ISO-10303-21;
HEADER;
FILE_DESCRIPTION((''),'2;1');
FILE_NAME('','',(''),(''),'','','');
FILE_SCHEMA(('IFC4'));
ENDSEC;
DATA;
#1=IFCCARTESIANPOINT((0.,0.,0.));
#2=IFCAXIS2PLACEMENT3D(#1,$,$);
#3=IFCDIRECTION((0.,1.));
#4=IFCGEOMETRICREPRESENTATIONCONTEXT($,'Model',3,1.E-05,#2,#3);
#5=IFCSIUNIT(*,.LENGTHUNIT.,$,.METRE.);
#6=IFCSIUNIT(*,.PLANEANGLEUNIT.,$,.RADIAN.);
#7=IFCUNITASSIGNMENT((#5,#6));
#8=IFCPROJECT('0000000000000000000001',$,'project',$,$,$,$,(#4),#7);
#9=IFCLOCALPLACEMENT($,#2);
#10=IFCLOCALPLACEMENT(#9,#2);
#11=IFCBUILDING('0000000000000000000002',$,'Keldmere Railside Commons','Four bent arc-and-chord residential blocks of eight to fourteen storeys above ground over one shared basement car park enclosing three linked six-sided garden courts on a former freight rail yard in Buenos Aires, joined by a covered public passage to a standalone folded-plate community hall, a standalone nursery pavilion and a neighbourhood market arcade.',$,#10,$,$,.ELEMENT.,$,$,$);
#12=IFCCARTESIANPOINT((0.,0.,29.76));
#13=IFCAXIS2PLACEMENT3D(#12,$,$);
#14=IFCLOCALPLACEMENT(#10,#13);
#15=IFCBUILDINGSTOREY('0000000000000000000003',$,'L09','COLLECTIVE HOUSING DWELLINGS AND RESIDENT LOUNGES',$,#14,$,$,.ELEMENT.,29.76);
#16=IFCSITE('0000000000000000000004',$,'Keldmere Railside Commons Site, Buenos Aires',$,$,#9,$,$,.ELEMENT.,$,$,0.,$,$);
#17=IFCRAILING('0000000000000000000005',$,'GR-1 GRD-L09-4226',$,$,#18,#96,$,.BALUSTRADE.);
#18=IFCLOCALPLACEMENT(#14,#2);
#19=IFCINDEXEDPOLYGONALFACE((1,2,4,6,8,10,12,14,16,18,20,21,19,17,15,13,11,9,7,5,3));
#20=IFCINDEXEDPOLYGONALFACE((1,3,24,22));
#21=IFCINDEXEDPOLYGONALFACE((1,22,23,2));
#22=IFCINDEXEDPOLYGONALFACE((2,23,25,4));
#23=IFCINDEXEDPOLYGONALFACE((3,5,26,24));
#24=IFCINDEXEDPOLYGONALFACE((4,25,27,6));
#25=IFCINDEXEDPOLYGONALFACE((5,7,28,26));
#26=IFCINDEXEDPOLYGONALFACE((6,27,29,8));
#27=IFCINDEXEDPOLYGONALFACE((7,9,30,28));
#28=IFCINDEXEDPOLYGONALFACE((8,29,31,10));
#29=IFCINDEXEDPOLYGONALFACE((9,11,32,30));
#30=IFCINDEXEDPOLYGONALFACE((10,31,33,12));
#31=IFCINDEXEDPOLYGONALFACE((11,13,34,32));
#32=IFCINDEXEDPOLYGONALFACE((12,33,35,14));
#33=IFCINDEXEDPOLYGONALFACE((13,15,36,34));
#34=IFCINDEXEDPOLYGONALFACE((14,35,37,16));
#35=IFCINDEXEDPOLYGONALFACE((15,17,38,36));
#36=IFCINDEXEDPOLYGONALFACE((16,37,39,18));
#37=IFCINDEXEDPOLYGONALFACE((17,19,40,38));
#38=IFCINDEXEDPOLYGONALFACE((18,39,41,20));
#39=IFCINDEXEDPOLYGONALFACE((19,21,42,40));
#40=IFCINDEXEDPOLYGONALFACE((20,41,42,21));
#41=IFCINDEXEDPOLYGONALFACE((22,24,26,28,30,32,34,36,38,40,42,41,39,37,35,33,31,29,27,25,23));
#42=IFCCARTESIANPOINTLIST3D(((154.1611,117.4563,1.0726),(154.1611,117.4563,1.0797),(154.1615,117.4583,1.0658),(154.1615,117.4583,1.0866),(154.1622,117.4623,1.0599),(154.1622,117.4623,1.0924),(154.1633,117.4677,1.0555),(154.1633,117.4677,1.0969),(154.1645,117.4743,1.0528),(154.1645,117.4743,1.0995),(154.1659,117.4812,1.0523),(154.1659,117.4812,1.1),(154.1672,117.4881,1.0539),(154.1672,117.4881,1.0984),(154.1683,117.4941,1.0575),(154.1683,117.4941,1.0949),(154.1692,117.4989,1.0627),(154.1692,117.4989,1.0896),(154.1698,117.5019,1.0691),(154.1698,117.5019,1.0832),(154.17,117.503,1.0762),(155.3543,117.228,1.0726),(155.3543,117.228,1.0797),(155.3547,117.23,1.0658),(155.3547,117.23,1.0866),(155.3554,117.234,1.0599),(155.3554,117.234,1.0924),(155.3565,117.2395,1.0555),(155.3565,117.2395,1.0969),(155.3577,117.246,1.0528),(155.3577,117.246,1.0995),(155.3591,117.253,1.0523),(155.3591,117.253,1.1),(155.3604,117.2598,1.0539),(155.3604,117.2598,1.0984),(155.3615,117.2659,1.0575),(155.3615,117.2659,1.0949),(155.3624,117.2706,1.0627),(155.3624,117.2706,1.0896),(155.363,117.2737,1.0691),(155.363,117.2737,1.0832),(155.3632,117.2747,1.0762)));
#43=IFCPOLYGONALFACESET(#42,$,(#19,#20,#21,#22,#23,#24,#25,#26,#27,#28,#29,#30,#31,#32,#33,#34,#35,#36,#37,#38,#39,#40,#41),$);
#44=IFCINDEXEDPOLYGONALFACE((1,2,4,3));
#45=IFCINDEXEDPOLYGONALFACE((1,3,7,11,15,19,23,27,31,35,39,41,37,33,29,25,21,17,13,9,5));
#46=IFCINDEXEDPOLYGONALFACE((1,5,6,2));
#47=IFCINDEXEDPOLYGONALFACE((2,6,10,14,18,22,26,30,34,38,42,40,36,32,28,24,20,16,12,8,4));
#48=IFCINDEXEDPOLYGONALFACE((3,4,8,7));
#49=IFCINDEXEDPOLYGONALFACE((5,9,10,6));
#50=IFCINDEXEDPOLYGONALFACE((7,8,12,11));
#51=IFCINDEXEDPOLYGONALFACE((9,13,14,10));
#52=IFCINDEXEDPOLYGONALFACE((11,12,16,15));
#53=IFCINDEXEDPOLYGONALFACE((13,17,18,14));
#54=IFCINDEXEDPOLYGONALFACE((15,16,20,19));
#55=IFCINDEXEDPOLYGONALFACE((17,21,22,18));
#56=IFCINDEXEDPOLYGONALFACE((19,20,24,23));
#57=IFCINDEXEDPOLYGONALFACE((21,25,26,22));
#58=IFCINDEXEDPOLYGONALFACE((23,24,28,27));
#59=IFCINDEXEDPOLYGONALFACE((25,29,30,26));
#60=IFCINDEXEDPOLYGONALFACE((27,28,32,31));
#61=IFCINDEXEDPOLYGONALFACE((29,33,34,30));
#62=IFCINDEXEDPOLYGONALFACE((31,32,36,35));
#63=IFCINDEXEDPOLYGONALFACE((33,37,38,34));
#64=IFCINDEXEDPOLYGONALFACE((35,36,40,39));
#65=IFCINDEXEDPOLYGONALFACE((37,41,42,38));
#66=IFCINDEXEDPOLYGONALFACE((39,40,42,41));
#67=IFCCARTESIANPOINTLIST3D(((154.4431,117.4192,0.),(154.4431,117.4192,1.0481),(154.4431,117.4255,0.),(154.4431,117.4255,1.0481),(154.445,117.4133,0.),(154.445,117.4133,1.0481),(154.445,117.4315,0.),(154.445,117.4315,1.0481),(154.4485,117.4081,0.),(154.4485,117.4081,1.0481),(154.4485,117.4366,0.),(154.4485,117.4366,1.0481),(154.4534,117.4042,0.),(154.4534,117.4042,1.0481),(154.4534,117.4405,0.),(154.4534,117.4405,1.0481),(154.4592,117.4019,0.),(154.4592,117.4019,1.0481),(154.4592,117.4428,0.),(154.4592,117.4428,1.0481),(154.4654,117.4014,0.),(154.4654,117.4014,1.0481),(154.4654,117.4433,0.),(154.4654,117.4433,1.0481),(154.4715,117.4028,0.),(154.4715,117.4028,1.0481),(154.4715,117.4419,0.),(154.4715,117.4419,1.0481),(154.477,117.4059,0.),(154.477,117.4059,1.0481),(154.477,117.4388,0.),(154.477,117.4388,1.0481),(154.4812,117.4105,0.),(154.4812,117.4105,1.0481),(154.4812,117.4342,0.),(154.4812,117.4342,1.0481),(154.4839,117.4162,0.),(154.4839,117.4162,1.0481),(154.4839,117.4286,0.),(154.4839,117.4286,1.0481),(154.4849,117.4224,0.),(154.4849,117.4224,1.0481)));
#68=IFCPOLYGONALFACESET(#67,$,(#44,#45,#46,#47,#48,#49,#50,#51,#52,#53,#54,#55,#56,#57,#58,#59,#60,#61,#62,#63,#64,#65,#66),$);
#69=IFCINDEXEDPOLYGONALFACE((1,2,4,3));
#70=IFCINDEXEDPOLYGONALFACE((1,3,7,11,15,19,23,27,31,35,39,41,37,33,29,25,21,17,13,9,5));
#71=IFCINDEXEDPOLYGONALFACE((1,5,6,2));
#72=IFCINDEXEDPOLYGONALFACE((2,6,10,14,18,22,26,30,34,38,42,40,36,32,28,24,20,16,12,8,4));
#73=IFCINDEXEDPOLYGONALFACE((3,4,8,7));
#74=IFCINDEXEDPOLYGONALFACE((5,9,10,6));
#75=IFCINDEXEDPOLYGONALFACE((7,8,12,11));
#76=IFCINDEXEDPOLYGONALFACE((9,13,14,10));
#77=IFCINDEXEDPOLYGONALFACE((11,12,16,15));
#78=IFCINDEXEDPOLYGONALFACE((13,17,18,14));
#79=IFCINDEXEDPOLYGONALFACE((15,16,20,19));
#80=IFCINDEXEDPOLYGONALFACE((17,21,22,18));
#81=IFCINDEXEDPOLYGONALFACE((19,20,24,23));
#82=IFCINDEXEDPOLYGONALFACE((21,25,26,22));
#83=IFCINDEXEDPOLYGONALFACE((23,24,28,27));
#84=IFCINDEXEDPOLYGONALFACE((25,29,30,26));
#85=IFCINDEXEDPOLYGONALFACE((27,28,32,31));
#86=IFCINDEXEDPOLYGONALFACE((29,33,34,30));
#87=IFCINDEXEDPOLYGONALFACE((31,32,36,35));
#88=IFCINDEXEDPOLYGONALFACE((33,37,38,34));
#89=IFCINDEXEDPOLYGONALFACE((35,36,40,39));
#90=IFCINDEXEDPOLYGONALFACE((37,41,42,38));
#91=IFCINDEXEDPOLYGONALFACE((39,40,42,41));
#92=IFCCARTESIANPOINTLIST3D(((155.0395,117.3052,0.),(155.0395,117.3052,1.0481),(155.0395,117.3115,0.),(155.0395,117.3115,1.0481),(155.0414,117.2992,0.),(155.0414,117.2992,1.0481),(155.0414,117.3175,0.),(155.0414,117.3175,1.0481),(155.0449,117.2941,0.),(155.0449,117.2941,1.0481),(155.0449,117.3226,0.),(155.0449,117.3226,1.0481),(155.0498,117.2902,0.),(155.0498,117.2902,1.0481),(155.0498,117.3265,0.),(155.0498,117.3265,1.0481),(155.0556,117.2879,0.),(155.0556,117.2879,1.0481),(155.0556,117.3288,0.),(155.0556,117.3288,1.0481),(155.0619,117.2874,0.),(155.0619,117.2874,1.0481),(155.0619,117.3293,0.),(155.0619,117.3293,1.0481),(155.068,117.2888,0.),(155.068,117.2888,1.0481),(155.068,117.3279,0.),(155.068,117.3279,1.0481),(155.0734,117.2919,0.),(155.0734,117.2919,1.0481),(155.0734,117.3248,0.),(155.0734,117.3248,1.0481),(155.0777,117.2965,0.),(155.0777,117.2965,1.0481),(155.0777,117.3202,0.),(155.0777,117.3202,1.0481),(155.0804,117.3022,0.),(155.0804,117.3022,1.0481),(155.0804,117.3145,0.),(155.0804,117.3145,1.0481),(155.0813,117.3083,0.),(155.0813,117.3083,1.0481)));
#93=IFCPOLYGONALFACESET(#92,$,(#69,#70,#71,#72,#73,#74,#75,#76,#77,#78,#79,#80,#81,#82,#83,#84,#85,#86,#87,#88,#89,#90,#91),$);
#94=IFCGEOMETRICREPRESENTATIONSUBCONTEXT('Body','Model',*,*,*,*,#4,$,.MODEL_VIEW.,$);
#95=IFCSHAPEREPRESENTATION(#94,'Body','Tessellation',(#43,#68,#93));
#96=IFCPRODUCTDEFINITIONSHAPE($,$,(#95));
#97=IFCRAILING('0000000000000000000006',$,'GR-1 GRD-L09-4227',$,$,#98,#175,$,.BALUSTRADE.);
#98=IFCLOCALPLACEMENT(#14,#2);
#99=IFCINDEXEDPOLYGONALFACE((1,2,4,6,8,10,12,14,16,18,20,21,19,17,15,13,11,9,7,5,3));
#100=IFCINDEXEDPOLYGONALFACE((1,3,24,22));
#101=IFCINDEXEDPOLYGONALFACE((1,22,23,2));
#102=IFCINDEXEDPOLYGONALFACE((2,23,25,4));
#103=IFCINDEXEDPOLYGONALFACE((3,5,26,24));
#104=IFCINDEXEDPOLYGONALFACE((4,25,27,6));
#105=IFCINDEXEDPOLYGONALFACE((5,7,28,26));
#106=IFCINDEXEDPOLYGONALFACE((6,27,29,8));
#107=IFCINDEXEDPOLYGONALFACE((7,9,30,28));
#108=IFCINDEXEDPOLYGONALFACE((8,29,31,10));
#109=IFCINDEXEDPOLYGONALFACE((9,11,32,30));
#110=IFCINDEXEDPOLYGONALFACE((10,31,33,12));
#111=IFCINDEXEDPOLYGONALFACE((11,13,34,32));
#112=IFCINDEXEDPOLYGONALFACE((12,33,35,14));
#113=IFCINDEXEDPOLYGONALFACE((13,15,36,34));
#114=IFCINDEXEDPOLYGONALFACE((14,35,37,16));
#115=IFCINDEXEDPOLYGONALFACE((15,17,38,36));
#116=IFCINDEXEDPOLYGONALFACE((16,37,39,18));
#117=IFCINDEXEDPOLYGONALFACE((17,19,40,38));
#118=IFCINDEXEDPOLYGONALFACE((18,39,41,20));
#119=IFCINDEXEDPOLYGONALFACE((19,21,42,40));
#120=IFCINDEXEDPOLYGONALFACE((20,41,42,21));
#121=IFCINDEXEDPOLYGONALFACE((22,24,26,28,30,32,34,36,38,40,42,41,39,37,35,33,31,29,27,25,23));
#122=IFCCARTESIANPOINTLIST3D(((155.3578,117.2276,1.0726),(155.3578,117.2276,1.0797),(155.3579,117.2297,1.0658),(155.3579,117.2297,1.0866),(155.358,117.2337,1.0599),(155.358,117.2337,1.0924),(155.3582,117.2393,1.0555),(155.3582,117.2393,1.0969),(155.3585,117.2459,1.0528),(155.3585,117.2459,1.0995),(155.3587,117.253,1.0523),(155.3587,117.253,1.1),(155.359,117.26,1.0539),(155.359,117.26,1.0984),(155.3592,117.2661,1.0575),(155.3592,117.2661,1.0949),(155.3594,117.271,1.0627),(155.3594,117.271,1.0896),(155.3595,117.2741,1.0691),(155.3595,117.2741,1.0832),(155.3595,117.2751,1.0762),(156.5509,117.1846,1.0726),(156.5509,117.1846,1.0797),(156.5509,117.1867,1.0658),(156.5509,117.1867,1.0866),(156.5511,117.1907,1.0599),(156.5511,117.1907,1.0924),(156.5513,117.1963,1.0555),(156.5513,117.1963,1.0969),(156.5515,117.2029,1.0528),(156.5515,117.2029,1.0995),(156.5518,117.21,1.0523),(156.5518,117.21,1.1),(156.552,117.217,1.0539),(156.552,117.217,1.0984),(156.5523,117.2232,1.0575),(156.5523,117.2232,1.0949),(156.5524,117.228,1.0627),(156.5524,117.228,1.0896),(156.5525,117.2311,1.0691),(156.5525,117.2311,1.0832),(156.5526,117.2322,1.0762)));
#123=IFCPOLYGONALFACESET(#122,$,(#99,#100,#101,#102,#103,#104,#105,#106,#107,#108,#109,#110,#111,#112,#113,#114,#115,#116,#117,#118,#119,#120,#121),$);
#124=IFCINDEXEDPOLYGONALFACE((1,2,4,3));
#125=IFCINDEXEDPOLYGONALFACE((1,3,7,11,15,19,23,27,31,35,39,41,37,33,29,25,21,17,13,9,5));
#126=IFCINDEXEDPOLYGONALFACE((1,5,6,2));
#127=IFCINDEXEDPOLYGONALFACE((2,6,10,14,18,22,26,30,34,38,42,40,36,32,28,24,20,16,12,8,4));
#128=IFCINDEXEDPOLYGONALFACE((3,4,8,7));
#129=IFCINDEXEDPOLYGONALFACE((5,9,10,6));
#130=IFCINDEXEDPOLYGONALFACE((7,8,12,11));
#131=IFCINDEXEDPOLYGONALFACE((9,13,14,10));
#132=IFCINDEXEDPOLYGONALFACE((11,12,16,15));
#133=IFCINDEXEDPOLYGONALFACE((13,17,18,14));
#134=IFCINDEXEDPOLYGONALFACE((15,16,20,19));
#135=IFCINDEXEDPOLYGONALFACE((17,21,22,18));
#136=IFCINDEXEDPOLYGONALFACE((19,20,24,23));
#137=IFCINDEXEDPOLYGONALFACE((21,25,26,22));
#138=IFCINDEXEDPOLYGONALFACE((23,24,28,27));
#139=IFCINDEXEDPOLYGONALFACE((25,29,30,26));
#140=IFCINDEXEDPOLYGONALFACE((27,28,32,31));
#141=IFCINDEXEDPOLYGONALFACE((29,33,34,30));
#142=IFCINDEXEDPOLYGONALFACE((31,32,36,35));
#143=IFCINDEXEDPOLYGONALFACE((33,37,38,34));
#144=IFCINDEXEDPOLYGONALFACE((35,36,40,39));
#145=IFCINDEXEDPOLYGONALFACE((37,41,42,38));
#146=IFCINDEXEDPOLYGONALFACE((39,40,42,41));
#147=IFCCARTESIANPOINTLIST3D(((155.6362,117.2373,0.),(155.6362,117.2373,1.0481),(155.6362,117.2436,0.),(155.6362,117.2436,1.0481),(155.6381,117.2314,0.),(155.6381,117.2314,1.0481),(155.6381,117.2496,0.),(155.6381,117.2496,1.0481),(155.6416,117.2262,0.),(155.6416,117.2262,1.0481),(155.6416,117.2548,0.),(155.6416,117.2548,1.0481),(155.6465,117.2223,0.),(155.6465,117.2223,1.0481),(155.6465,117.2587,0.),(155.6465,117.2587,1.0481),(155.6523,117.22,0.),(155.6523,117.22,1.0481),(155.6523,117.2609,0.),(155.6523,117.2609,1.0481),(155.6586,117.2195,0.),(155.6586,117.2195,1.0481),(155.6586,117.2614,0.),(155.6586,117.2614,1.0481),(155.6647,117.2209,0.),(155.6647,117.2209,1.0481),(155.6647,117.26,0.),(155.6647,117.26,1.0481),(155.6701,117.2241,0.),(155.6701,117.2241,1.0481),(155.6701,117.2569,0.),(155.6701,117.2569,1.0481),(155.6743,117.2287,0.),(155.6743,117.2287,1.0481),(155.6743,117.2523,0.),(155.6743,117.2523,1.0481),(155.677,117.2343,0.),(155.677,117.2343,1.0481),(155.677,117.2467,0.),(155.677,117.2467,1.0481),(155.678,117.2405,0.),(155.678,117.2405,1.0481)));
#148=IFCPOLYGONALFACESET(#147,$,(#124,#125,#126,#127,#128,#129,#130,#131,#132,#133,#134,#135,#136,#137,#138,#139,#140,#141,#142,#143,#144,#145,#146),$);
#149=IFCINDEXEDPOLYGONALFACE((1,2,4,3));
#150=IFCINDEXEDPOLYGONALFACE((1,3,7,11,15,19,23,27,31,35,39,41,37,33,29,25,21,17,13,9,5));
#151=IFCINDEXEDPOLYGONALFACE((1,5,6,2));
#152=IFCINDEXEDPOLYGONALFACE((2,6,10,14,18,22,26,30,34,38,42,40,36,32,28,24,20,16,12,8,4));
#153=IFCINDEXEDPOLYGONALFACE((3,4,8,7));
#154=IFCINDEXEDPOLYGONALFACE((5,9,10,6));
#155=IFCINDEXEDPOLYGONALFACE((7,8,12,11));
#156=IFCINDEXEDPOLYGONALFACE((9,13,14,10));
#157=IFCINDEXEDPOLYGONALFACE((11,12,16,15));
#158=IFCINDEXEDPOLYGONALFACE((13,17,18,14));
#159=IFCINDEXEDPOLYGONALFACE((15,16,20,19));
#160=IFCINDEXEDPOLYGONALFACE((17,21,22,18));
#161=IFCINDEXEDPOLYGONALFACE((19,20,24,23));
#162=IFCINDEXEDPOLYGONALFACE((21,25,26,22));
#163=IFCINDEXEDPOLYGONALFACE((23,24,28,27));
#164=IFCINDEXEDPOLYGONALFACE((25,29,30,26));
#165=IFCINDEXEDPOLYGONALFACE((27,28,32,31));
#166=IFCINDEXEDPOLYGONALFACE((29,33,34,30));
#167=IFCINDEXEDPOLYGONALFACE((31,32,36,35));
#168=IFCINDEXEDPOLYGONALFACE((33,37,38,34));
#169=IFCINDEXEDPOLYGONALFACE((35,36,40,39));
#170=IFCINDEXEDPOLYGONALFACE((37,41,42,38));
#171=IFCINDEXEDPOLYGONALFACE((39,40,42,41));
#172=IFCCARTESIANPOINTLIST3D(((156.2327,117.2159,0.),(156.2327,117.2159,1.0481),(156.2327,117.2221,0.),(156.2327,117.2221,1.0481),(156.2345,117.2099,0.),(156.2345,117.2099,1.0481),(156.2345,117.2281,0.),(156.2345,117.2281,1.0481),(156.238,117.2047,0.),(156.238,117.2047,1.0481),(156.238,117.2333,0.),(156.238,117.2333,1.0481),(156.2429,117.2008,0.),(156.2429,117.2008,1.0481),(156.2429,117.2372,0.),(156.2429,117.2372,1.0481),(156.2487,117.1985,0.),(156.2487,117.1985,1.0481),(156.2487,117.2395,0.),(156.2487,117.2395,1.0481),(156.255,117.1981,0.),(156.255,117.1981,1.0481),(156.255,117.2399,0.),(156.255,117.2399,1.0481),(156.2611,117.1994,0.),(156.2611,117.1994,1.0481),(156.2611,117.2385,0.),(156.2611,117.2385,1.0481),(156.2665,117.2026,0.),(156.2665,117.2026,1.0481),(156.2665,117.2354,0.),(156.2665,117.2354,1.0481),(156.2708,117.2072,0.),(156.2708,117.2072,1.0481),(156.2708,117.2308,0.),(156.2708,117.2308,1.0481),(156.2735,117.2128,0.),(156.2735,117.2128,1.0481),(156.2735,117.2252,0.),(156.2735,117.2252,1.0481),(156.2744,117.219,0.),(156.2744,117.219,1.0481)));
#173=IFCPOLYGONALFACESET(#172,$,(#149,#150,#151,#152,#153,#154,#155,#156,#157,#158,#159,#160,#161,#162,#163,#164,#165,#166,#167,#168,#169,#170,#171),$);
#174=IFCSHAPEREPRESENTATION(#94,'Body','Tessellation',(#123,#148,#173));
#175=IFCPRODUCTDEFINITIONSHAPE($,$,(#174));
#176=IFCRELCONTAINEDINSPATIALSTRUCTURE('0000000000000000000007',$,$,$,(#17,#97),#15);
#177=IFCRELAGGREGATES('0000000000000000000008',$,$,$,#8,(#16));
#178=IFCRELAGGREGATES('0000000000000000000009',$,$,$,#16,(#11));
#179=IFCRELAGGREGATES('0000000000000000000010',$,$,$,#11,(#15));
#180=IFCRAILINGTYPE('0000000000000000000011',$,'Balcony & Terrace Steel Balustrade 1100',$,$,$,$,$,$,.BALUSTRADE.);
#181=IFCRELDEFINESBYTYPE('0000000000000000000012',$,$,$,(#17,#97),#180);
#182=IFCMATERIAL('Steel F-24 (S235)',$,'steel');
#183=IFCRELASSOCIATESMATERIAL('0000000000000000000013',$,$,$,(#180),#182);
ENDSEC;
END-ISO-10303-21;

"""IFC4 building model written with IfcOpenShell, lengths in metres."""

from ifc_helpers import new_model, si_unit, direction, frame, origin, origin_2d, place, context, subcontext, project, spatial, circle, extrude, material, type_object, element, save


model = new_model("IFC4")

# Units and contexts
model_context = context("Model", 3, precision=1e-05, world=origin(), true_north=direction((0.0, 1.0)))
body_context = subcontext(model_context, "Body", "Model", "MODEL_VIEW")
ifc_project = project(units=[si_unit("LENGTHUNIT", "METRE"), si_unit("PLANEANGLEUNIT", "RADIAN")], contexts=[model_context])

# Site, building, storey
site_placement = place(None, origin())
site = spatial("IfcSite", under=ifc_project, at=site_placement, Name="Keldmere Railside Commons Site, Buenos Aires", CompositionType="ELEMENT", RefElevation=0.0)
building_placement = place(site_placement, origin())
building = spatial("IfcBuilding", under=site, at=building_placement, Name="Keldmere Railside Commons", Description="Four bent arc-and-chord residential blocks of eight to fourteen storeys above ground over one shared basement car park enclosing three linked six-sided garden courts on a former freight rail yard in Buenos Aires, joined by a covered public passage to a standalone folded-plate community hall, a standalone nursery pavilion and a neighbourhood market arcade.", CompositionType="ELEMENT")
storey_placement = place(building_placement, frame((0.0, 0.0, 29.76)))
storey = spatial("IfcBuildingStorey", under=building, at=storey_placement, Name="L09", Description="COLLECTIVE HOUSING DWELLINGS AND RESIDENT LOUNGES", CompositionType="ELEMENT", Elevation=29.76)

# Shared definitions
ifc_material_1 = material(Name="Steel F-24 (S235)", Category="steel")

# Railings
railing_type = type_object("IfcRailingType", Name="Balcony & Terrace Steel Balustrade 1100", PredefinedType="BALUSTRADE", material=ifc_material_1)
railing_1_placement = place(storey_placement, frame((154.1655, 117.4795, 0.0)))
element("IfcRailing", 1, at=railing_1_placement, inside=storey, type_object=railing_type, Name="GR-1 GRD-L09-4226", PredefinedType="BALUSTRADE", context=body_context, shape_type="SweptSolid", body=[
    extrude(circle(Radius=0.0239, at=origin_2d()), frame((0.0, 0.0, 1.0762), z_axis=(0.982185, -0.187916, 0.0), x_axis=(0.187916, 0.982185, 0.0)), (0.0, 0.0, 1.0), 1.2148),
    extrude(circle(Radius=0.021, at=origin_2d()), frame((0.2983, -0.0571, 0.0)), (0.0, 0.0, 1.0), 1.0481),
    extrude(circle(Radius=0.021, at=origin_2d()), frame((0.8948, -0.1711, 0.0)), (0.0, 0.0, 1.0), 1.0481),
])
railing_2_placement = place(storey_placement, frame((155.3586, 117.2512, 0.0)))
element("IfcRailing", 2, at=railing_2_placement, inside=storey, type_object=railing_type, Name="GR-1 GRD-L09-4227", PredefinedType="BALUSTRADE", context=body_context, shape_type="SweptSolid", body=[
    extrude(circle(Radius=0.0239, at=origin_2d()), frame((0.0, 0.0, 1.0762), z_axis=(0.999352, -0.035991, 0.0), x_axis=(0.035991, 0.999352, 0.0)), (0.0, 0.0, 1.0), 1.1938),
    extrude(circle(Radius=0.021, at=origin_2d()), frame((0.2983, -0.0107, 0.0)), (0.0, 0.0, 1.0), 1.0481),
    extrude(circle(Radius=0.021, at=origin_2d()), frame((0.8948, -0.0322, 0.0)), (0.0, 0.0, 1.0), 1.0481),
])

save(model, "model.ifc")
